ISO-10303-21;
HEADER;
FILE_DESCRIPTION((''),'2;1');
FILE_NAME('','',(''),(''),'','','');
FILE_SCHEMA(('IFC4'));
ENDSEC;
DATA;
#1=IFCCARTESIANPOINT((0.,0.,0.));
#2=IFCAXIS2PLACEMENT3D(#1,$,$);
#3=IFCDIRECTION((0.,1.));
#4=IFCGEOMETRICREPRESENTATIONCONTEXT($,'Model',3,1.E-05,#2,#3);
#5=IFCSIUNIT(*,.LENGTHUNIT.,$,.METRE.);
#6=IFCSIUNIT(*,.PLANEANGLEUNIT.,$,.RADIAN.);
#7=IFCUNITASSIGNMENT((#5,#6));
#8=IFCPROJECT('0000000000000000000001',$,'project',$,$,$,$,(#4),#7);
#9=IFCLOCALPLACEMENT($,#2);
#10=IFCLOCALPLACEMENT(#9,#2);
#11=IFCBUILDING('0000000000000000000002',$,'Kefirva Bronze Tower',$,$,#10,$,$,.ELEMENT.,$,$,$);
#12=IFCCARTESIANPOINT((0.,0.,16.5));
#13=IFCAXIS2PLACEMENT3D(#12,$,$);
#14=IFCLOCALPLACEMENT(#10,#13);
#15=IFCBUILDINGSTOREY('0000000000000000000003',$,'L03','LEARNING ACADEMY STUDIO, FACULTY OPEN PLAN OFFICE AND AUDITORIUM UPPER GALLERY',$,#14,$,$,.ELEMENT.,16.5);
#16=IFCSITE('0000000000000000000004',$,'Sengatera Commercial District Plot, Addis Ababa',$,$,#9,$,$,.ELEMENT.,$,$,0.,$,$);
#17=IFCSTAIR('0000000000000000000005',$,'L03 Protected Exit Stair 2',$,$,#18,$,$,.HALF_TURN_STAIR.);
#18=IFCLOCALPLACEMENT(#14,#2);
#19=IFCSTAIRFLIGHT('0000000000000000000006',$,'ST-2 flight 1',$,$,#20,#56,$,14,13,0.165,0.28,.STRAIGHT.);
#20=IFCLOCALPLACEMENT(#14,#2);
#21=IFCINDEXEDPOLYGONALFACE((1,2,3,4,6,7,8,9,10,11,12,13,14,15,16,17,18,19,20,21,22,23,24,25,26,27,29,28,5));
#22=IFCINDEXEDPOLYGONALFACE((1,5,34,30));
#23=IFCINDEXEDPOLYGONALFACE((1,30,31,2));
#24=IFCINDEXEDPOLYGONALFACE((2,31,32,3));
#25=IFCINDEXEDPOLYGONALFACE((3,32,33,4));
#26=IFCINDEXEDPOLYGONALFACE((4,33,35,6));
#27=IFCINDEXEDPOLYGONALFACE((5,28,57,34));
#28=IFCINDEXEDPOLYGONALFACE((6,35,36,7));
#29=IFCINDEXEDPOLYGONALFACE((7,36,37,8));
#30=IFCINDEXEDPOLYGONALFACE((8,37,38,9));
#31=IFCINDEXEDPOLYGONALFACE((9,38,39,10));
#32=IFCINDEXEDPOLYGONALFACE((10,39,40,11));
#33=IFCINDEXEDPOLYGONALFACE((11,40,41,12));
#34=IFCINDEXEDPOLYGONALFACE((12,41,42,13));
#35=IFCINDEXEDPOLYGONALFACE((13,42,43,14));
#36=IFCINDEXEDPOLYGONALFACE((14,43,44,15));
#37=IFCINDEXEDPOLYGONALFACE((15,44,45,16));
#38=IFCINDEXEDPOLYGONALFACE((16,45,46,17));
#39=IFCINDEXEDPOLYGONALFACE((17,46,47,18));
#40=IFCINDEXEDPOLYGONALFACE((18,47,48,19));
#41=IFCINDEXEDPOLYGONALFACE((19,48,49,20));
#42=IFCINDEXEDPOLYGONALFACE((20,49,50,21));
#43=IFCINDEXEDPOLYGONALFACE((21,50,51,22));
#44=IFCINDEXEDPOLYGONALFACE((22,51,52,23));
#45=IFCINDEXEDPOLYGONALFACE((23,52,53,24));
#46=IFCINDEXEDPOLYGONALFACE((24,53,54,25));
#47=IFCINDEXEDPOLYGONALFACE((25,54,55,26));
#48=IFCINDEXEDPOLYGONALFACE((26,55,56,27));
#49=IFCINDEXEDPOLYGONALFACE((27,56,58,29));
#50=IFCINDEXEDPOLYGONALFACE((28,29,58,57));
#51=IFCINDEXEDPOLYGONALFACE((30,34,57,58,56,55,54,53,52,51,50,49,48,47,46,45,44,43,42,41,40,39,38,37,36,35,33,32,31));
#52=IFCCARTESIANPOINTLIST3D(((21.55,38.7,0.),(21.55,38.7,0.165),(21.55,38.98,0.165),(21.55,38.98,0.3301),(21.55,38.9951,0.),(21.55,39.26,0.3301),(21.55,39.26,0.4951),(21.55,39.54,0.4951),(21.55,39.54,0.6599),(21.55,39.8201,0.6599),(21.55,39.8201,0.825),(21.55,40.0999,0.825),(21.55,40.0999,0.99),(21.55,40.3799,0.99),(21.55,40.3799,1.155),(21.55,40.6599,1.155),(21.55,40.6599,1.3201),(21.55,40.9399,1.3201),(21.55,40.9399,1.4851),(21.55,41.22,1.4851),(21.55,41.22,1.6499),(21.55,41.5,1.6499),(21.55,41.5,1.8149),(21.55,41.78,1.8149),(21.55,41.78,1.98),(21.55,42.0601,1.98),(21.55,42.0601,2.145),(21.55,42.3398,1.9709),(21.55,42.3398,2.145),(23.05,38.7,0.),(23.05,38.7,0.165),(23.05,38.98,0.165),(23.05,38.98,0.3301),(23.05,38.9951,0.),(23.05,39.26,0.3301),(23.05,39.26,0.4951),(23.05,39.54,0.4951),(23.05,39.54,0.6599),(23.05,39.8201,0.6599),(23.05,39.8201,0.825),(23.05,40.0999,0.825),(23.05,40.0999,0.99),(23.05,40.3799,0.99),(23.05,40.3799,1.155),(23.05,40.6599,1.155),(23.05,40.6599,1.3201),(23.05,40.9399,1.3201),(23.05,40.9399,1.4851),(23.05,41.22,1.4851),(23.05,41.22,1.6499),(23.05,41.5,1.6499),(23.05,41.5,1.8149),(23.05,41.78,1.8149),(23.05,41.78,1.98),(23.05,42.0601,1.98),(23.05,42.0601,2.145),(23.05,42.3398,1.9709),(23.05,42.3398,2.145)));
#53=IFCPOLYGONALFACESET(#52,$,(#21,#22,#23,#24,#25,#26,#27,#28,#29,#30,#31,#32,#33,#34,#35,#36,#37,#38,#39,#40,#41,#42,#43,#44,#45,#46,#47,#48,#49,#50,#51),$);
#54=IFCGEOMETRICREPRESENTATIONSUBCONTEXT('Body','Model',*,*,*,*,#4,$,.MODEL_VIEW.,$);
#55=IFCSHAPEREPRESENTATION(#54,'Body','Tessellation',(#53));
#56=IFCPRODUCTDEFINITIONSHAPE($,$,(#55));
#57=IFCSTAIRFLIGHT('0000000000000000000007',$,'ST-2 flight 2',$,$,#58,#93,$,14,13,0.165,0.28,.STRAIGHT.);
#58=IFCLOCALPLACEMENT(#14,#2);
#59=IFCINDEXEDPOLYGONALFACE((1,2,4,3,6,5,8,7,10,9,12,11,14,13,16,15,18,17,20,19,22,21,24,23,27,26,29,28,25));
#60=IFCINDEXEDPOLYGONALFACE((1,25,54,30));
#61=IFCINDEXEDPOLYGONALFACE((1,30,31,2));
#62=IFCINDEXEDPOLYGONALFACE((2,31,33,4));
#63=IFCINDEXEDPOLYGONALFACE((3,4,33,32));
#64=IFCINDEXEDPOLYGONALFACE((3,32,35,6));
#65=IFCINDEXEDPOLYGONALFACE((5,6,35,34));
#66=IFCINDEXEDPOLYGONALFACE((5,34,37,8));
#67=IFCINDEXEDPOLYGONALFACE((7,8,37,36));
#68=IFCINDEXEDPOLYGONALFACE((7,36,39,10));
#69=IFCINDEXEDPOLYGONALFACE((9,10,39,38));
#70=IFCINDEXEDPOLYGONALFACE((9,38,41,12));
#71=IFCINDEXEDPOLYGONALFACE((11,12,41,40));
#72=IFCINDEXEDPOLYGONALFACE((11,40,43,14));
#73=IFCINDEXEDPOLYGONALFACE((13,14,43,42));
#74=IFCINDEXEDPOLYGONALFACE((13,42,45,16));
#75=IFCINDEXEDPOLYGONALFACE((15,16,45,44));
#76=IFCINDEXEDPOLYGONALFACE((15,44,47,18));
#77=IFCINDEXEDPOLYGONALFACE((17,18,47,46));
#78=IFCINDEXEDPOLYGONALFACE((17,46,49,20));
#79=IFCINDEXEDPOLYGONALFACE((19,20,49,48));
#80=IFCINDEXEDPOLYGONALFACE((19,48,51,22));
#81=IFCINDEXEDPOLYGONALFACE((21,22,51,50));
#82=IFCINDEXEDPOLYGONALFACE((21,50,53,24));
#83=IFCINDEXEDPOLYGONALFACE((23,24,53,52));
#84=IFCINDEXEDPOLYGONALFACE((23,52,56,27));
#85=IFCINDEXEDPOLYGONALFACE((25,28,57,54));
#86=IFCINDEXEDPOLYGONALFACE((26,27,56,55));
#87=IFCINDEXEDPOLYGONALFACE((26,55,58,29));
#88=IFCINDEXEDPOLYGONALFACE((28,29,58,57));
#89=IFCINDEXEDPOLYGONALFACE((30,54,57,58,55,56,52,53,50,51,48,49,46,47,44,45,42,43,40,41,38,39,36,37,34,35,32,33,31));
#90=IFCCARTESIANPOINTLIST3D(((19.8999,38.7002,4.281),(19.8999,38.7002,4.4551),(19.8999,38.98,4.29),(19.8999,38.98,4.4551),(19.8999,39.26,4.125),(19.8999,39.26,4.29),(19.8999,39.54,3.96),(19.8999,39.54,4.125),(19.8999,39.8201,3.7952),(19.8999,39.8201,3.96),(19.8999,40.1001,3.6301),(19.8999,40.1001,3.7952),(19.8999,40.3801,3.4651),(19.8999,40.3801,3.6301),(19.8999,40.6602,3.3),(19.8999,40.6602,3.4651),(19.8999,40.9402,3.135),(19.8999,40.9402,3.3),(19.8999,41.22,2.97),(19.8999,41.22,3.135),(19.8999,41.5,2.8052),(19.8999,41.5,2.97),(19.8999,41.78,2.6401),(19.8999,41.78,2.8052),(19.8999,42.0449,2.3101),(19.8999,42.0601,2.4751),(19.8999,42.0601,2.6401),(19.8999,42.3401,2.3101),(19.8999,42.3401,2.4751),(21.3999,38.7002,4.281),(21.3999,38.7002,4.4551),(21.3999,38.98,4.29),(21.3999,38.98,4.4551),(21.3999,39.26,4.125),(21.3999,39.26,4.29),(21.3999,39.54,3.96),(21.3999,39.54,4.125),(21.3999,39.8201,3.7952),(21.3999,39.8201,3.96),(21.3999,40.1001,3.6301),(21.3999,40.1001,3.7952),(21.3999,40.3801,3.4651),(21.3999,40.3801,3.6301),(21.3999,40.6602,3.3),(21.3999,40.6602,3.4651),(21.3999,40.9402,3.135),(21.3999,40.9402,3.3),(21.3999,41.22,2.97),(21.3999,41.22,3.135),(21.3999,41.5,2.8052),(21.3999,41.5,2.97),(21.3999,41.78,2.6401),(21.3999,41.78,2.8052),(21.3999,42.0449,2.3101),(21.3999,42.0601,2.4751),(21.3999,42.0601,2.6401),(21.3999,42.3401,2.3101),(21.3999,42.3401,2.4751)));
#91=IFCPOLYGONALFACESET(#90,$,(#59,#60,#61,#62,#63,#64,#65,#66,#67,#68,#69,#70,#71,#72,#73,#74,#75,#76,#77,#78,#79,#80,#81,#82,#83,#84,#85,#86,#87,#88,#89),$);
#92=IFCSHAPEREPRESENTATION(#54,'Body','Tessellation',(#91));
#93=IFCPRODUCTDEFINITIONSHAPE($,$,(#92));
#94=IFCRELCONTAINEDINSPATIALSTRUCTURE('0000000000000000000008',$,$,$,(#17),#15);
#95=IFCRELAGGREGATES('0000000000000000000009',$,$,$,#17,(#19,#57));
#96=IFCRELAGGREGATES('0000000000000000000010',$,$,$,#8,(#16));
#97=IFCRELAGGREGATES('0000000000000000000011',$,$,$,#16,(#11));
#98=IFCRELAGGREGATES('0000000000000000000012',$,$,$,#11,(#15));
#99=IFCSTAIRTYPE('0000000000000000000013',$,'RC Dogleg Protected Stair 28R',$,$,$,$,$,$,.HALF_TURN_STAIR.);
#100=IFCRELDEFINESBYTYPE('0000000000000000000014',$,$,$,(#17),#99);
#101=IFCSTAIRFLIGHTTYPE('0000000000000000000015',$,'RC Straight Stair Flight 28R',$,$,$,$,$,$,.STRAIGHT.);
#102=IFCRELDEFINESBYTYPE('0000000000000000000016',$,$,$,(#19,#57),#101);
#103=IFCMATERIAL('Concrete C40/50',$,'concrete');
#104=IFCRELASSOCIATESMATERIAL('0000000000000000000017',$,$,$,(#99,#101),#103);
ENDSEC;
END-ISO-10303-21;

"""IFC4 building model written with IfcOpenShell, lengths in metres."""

from ifc_helpers import new_model, si_unit, direction, frame, origin, place, context, subcontext, project, spatial, polyline, outline, extrude, material, type_object, element, aggregate, save


model = new_model("IFC4")

# Units and contexts
model_context = context("Model", 3, precision=1e-05, world=origin(), true_north=direction((0.0, 1.0)))
body_context = subcontext(model_context, "Body", "Model", "MODEL_VIEW")
ifc_project = project(units=[si_unit("LENGTHUNIT", "METRE"), si_unit("PLANEANGLEUNIT", "RADIAN")], contexts=[model_context])

# Site, building, storey
site_placement = place(None, origin())
site = spatial("IfcSite", under=ifc_project, at=site_placement, Name="Sengatera Commercial District Plot, Addis Ababa", CompositionType="ELEMENT", RefElevation=0.0)
building_placement = place(site_placement, origin())
building = spatial("IfcBuilding", under=site, at=building_placement, Name="Kefirva Bronze Tower", CompositionType="ELEMENT")
storey_placement = place(building_placement, frame((0.0, 0.0, 16.5)))
storey = spatial("IfcBuildingStorey", under=building, at=storey_placement, Name="L03", Description="LEARNING ACADEMY STUDIO, FACULTY OPEN PLAN OFFICE AND AUDITORIUM UPPER GALLERY", CompositionType="ELEMENT", Elevation=16.5)

# Stair, stair flights
ifc_material_1 = material(Name="Concrete C40/50", Category="concrete")
stair_type = type_object("IfcStairType", Name="RC Dogleg Protected Stair 28R", PredefinedType="HALF_TURN_STAIR", material=ifc_material_1)
stair_placement = place(storey_placement, origin())
stair = element("IfcStair", 1, at=stair_placement, inside=storey, type_object=stair_type, Name="L03 Protected Exit Stair 2", PredefinedType="HALF_TURN_STAIR")
stair_flight_type = type_object("IfcStairFlightType", Name="RC Straight Stair Flight 28R", PredefinedType="STRAIGHT", material=ifc_material_1)
stair_flight_1_placement = place(storey_placement, frame((22.3, 38.7, 0.0), z_axis=(0.0, 0.0, 1.0), x_axis=(0.0, 1.0, 0.0)))
stair_flight_1 = element("IfcStairFlight", 2, at=stair_flight_1_placement, type_object=stair_flight_type, Name="ST-2 flight 1", NumberOfRisers=14, NumberOfTreads=13, PredefinedType="STRAIGHT", RiserHeight=0.165, TreadLength=0.28, context=body_context, shape_type="SweptSolid", body=[
    extrude(outline(polyline([(0.0, 0.0), (0.0, 0.165), (0.28, 0.165), (0.28, 0.3301), (0.5601, 0.3301), (0.5601, 0.4951), (0.8401, 0.4951), (0.8401, 0.6599), (1.1201, 0.6599), (1.1201, 0.825), (1.3999, 0.825), (1.3999, 0.99), (1.6799, 0.99), (1.6799, 1.155), (1.96, 1.155), (1.96, 1.3201), (2.24, 1.3201), (2.24, 1.4851), (2.52, 1.4851), (2.52, 1.6499), (2.8, 1.6499), (2.8, 1.8149), (3.0801, 1.8149), (3.0801, 1.98), (3.3601, 1.98), (3.3601, 2.145), (3.6399, 2.145), (3.6399, 2.3101), (3.6399, 1.9709), (0.2952, 0.0), (0.0, 0.0)])), frame((0.0, 0.75, 0.0), z_axis=(0.0, -1.0, 0.0), x_axis=(1.0, 0.0, 0.0)), (0.0, 0.0, 1.0), 1.5),
])
stair_flight_2_placement = place(storey_placement, frame((20.6499, 42.3401, 2.3101), z_axis=(0.0, 0.0, 1.0), x_axis=(0.0, -1.0, 0.0)))
stair_flight_2 = element("IfcStairFlight", 3, at=stair_flight_2_placement, type_object=stair_flight_type, Name="ST-2 flight 2", NumberOfRisers=14, NumberOfTreads=13, PredefinedType="STRAIGHT", RiserHeight=0.165, TreadLength=0.28, context=body_context, shape_type="SweptSolid", body=[
    extrude(outline(polyline([(0.0, 0.0), (0.0, 0.165), (0.28, 0.165), (0.28, 0.3301), (0.5601, 0.3301), (0.5601, 0.4951), (0.8401, 0.4951), (0.8401, 0.6599), (1.1201, 0.6599), (1.1201, 0.825), (1.3999, 0.825), (1.3999, 0.99), (1.6799, 0.99), (1.6799, 1.155), (1.96, 1.155), (1.96, 1.3201), (2.24, 1.3201), (2.24, 1.4851), (2.52, 1.4851), (2.52, 1.6499), (2.8, 1.6499), (2.8, 1.8149), (3.0801, 1.8149), (3.0801, 1.98), (3.3601, 1.98), (3.3601, 2.145), (3.6399, 2.145), (3.6399, 2.3101), (3.6399, 1.9709), (0.2952, 0.0), (0.0, 0.0)])), frame((0.0, 0.75, 0.0), z_axis=(0.0, -1.0, 0.0), x_axis=(1.0, 0.0, 0.0)), (0.0, 0.0, 1.0), 1.5),
])
aggregate(stair, [stair_flight_1, stair_flight_2])

save(model, "model.ifc")
